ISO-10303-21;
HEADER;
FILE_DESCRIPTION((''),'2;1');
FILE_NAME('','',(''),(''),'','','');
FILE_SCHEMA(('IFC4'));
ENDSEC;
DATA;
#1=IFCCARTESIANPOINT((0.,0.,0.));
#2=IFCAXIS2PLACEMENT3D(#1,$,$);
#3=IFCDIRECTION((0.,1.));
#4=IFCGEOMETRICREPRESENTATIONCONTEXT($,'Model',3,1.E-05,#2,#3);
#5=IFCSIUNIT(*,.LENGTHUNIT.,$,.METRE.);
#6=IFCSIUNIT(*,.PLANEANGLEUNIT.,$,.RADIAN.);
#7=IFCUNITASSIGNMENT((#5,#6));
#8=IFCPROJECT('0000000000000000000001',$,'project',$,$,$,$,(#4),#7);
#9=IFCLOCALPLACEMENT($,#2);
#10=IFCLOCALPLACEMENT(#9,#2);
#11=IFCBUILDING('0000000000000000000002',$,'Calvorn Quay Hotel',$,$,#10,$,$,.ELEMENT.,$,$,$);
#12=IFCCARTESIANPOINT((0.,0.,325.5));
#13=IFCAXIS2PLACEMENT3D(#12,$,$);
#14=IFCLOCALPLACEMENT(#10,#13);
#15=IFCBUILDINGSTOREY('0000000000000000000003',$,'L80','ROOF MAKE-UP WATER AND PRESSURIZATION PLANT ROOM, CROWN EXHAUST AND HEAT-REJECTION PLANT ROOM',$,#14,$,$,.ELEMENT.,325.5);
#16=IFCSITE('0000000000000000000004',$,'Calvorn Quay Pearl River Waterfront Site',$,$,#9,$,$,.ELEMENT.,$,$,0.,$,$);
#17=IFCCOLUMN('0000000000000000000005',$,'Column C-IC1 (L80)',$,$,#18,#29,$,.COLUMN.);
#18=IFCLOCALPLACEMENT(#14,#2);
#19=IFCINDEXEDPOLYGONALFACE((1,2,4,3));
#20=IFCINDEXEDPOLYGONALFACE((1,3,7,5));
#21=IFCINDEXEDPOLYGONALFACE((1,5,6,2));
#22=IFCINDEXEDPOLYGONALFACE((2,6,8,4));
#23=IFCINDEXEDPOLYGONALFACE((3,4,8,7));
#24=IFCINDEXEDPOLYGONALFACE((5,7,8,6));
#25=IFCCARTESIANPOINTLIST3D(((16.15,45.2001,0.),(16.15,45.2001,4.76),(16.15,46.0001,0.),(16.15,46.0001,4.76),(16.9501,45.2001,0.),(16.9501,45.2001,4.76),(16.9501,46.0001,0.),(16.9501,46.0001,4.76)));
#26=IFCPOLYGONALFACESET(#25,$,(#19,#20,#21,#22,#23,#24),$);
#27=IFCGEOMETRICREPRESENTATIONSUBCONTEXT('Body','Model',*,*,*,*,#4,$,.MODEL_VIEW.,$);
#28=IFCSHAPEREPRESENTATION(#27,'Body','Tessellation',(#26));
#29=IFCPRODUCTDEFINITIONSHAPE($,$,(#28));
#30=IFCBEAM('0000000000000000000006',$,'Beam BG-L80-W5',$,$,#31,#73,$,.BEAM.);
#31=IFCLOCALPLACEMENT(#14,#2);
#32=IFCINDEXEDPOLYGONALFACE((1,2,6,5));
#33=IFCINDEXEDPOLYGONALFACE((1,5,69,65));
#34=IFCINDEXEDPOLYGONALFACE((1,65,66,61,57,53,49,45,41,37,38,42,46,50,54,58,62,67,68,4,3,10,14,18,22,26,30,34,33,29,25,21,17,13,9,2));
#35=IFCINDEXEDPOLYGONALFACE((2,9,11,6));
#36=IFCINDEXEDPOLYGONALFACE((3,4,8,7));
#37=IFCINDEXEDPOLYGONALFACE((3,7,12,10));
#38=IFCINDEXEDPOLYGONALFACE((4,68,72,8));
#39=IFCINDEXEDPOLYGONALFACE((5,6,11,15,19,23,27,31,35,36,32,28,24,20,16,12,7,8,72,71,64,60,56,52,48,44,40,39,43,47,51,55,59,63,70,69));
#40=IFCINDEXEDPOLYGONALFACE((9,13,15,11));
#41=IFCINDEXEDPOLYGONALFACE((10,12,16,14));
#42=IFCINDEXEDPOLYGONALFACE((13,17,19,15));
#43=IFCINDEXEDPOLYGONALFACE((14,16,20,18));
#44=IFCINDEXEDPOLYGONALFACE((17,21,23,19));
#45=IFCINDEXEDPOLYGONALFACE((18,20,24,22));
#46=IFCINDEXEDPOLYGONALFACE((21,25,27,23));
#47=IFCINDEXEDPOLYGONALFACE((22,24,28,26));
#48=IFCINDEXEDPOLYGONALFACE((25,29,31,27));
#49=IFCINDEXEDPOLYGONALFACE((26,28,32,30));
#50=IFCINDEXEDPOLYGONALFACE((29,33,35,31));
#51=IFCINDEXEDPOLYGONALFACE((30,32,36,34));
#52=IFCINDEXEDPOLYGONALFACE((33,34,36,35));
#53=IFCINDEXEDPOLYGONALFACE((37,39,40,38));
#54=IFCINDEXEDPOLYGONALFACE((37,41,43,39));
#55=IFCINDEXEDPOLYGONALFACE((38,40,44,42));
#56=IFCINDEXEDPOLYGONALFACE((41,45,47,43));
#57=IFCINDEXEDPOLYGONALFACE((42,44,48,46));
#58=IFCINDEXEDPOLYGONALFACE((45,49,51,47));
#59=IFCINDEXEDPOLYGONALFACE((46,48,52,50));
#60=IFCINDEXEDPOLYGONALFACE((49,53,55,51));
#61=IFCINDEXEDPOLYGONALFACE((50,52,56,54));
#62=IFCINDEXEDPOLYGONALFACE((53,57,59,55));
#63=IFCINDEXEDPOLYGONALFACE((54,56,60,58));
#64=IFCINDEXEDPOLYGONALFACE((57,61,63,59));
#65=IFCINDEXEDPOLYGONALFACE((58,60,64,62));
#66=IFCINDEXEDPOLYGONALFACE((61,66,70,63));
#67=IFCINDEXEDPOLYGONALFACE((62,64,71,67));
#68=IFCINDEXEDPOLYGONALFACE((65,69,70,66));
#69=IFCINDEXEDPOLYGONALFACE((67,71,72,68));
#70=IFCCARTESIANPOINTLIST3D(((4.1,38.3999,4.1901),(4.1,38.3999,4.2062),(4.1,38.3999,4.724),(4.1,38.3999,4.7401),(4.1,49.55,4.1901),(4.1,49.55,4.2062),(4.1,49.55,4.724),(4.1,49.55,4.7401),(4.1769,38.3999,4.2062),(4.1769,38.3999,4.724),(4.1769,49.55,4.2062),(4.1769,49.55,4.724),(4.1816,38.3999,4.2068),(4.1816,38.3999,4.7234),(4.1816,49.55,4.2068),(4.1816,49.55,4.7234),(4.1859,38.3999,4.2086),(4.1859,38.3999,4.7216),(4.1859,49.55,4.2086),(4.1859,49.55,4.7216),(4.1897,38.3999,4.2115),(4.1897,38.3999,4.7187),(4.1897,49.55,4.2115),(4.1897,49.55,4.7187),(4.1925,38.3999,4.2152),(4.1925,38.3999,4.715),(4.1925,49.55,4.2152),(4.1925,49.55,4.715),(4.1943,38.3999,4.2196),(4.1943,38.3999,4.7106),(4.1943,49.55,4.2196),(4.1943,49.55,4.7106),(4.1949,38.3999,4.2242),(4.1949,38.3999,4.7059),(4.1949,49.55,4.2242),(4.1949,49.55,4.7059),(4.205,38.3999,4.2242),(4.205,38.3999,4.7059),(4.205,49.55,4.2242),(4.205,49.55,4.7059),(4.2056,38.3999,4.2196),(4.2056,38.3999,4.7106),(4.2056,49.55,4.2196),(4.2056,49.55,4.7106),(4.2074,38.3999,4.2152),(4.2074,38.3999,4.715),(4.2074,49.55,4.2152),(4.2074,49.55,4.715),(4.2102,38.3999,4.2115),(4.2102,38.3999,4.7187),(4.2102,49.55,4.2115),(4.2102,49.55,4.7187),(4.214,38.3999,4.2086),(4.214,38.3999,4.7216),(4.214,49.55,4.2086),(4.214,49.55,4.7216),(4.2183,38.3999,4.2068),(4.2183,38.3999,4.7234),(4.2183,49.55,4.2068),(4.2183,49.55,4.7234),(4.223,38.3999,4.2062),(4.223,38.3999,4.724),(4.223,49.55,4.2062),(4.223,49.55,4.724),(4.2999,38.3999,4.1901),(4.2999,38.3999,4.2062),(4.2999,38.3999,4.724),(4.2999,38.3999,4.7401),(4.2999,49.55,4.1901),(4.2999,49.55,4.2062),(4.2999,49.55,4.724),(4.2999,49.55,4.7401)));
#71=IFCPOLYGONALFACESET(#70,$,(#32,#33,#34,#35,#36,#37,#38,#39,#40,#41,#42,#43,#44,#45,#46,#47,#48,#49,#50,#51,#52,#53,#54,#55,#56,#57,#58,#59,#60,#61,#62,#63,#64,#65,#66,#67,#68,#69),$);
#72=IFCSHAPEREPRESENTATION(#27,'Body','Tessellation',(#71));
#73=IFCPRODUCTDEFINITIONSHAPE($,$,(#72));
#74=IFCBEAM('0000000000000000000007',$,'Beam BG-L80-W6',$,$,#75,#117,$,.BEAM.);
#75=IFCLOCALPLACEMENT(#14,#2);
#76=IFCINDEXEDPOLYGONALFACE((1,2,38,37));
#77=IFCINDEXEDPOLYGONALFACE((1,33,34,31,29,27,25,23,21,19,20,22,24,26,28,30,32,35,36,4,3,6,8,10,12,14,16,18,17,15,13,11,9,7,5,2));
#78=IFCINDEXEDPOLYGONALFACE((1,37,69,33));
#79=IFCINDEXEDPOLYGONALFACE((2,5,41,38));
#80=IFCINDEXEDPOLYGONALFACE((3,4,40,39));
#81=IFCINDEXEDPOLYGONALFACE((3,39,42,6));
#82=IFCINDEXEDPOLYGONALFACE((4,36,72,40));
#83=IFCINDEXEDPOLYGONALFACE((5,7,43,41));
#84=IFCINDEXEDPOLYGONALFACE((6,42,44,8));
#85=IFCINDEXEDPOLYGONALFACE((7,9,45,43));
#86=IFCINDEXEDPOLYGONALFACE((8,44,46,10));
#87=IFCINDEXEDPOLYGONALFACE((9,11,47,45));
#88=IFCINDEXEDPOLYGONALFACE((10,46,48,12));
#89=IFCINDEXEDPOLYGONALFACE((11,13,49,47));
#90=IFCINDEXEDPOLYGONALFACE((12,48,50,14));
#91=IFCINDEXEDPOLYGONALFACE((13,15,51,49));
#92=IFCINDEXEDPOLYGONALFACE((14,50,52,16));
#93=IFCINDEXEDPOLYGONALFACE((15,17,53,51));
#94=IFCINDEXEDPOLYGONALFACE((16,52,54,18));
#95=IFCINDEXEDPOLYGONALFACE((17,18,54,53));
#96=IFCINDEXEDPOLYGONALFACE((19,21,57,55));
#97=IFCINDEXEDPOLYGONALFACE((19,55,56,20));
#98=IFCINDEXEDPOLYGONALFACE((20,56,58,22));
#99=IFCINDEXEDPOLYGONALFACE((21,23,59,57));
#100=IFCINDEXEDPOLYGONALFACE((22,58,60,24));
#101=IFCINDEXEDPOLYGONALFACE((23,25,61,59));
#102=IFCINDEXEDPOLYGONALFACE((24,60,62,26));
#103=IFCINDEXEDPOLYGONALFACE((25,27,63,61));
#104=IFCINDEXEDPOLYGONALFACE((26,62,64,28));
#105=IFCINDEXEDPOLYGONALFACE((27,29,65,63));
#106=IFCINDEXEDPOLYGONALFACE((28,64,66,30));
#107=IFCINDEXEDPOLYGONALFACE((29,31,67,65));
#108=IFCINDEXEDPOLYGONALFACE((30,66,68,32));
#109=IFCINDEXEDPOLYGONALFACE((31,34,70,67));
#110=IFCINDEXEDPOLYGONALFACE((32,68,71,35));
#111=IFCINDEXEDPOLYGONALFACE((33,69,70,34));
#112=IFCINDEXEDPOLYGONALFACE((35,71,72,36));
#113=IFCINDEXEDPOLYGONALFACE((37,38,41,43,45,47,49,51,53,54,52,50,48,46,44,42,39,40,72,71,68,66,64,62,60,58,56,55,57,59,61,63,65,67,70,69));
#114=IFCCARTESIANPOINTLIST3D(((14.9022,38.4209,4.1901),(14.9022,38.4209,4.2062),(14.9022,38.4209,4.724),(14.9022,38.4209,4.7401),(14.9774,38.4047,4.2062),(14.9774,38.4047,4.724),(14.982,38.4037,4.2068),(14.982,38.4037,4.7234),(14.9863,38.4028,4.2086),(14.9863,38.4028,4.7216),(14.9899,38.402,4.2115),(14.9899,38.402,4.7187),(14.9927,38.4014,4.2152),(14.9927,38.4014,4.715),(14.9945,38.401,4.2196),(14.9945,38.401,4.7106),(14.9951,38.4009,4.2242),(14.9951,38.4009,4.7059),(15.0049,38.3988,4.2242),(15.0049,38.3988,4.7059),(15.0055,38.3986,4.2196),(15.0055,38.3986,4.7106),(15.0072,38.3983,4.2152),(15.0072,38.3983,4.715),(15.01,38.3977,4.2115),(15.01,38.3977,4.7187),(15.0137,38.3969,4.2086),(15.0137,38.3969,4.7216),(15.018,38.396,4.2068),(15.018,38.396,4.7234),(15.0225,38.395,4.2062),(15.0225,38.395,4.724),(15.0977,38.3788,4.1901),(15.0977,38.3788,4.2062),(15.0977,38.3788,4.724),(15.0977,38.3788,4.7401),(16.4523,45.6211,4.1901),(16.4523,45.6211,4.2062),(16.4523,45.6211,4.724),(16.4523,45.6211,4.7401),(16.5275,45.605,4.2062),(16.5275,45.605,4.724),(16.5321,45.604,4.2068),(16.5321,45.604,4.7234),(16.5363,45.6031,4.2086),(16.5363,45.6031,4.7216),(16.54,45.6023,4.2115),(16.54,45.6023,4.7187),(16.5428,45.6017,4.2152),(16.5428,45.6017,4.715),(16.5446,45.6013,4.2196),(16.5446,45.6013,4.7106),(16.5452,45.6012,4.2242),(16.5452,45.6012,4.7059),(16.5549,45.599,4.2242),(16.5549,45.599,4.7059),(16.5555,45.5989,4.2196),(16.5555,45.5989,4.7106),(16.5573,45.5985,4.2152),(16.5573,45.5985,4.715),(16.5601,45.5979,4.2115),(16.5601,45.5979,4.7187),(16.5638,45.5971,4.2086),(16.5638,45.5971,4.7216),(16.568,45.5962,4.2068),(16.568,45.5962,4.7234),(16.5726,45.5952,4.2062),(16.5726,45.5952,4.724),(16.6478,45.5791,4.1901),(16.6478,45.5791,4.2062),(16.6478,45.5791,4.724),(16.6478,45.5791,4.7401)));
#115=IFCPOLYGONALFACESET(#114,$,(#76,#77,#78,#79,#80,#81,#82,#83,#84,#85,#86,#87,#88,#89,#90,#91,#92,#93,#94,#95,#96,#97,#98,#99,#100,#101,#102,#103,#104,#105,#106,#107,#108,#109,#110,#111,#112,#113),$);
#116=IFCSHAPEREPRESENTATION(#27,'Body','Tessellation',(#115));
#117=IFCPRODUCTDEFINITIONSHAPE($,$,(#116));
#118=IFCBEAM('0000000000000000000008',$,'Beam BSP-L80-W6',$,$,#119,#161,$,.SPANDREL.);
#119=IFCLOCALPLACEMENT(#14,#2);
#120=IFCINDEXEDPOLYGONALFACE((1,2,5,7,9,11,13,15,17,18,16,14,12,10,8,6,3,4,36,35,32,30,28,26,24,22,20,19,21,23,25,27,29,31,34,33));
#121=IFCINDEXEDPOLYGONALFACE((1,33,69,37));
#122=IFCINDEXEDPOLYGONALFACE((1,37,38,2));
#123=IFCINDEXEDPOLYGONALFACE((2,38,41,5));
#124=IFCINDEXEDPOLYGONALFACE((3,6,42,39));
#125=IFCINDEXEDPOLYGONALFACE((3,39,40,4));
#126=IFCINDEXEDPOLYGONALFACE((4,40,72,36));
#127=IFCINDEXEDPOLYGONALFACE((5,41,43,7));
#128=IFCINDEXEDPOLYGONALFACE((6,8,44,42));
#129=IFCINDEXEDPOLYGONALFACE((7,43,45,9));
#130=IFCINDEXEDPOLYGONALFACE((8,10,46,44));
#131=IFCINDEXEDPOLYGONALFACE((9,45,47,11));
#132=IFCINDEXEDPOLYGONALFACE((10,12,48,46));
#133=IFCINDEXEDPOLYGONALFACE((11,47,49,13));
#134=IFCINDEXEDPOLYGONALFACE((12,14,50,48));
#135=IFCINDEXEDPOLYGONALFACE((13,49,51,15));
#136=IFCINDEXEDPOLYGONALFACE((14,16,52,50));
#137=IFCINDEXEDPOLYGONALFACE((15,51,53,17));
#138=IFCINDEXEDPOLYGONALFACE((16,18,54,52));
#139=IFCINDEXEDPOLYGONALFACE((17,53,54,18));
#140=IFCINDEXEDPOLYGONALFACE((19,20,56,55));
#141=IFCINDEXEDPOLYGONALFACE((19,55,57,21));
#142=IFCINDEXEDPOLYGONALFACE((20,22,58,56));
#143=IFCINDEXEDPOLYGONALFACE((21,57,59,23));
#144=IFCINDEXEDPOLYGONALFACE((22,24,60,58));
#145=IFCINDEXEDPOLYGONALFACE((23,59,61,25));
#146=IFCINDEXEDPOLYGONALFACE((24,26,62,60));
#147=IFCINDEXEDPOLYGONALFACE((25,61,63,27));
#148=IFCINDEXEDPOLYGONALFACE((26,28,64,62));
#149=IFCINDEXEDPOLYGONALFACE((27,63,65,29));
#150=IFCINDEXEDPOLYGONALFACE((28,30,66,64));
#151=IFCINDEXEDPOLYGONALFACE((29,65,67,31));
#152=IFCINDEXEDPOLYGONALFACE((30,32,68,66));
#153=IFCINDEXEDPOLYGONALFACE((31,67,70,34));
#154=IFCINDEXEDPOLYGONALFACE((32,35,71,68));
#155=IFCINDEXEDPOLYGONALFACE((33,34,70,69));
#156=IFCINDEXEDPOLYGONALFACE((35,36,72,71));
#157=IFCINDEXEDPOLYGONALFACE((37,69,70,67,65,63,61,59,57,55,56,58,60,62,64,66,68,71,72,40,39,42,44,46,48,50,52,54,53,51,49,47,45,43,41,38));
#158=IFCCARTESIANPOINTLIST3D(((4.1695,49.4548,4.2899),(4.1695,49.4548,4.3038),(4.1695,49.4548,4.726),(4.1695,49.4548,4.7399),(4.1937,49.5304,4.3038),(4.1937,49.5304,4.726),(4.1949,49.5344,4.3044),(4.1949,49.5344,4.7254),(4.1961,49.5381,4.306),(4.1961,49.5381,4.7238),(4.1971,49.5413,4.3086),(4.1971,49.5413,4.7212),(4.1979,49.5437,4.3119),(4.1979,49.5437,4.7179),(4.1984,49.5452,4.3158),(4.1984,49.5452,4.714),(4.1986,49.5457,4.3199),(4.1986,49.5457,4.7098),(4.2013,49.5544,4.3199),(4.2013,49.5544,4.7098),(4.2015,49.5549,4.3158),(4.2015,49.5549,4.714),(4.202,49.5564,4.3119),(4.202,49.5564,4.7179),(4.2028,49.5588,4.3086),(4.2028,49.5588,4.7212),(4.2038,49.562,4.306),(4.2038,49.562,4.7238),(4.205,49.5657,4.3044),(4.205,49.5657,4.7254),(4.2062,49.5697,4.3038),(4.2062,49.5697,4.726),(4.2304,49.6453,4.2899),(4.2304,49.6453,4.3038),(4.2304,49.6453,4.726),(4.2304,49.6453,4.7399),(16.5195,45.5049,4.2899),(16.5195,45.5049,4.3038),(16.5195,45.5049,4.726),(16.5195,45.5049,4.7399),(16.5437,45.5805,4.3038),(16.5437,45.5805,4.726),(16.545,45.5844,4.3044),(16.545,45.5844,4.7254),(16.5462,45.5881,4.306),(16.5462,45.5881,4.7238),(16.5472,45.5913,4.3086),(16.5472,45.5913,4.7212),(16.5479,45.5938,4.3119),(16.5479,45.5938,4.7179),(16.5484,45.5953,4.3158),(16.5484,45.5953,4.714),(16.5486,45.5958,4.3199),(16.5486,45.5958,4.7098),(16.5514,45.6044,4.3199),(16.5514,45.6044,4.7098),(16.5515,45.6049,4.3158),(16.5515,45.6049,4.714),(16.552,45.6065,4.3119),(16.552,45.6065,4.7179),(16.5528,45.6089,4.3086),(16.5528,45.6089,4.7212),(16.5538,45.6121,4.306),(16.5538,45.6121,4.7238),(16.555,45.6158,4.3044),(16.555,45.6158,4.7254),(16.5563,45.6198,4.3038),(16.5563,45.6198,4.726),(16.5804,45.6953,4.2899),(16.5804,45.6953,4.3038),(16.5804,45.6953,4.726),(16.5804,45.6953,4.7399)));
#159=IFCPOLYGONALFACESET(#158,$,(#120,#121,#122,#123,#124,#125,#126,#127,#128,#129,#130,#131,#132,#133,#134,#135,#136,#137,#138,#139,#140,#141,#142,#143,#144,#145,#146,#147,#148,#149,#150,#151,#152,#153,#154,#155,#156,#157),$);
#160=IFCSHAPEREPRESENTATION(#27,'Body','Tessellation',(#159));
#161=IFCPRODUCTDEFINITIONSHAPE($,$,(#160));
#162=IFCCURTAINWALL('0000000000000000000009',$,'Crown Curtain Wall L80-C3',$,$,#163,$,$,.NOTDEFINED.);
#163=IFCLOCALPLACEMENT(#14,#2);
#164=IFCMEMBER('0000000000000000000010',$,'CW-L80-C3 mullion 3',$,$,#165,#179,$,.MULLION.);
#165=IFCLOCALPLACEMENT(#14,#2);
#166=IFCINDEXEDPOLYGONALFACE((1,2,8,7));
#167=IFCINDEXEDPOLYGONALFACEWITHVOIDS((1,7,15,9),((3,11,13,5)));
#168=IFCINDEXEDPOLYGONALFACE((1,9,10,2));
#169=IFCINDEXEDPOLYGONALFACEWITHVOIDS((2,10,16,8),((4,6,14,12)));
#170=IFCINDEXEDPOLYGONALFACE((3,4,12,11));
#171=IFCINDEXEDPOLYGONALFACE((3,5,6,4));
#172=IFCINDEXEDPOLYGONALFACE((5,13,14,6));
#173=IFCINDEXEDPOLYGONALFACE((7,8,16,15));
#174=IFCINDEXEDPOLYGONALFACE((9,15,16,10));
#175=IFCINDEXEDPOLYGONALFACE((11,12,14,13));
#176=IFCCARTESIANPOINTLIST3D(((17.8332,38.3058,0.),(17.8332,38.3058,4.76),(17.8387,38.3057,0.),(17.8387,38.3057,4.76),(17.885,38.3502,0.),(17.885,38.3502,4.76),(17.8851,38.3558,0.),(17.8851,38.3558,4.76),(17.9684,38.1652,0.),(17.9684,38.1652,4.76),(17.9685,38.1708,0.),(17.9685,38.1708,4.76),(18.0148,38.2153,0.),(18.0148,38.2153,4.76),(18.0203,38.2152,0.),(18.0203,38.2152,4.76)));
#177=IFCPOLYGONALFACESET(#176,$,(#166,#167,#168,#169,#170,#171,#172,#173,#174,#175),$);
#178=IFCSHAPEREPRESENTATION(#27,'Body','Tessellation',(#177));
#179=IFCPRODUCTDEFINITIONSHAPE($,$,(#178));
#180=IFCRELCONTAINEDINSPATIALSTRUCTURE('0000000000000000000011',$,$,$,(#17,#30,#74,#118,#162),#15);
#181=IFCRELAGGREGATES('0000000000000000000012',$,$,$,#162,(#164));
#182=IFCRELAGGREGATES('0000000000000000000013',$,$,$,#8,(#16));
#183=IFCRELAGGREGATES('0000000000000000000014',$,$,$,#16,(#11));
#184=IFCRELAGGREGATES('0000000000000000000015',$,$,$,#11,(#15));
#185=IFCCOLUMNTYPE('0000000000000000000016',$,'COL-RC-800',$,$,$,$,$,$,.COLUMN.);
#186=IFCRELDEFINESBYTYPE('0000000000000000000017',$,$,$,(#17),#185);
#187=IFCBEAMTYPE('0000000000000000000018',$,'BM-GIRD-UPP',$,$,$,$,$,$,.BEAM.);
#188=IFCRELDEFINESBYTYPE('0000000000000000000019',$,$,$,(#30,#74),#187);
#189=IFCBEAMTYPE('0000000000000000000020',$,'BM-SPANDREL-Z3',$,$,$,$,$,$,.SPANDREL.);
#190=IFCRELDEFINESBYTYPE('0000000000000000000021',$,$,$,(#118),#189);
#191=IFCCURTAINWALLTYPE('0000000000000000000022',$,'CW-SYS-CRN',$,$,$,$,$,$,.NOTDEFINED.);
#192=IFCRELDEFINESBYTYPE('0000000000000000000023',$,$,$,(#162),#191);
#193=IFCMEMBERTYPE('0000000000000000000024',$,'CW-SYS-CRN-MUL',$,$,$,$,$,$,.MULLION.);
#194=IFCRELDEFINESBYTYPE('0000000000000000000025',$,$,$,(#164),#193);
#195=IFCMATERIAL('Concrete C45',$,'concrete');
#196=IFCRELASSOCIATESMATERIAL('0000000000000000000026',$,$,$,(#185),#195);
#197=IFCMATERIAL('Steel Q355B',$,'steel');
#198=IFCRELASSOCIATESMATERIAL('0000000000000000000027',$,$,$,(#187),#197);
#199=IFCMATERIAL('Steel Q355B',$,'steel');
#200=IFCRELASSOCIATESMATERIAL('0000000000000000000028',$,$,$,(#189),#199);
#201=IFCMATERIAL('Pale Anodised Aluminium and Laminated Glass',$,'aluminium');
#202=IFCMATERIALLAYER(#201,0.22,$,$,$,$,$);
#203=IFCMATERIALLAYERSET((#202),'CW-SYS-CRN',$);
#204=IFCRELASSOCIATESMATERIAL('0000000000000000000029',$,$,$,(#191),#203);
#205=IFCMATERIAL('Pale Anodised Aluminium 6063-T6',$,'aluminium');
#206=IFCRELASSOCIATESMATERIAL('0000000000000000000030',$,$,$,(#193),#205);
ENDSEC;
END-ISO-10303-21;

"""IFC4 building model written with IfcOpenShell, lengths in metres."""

from ifc_helpers import new_model, si_unit, direction, frame, origin, origin_2d, place, context, subcontext, project, spatial, rectangle, hollow_rectangle, i_section, extrude, material, layer, layer_set, material_profile, profile_set, type_object, element, aggregate, save


model = new_model("IFC4")

# Units and contexts
model_context = context("Model", 3, precision=1e-05, world=origin(), true_north=direction((0.0, 1.0)))
body_context = subcontext(model_context, "Body", "Model", "MODEL_VIEW")
ifc_project = project(units=[si_unit("LENGTHUNIT", "METRE"), si_unit("PLANEANGLEUNIT", "RADIAN")], contexts=[model_context])

# Site, building, storey
site_placement = place(None, origin())
site = spatial("IfcSite", under=ifc_project, at=site_placement, Name="Calvorn Quay Pearl River Waterfront Site", CompositionType="ELEMENT", RefElevation=0.0)
building_placement = place(site_placement, origin())
building = spatial("IfcBuilding", under=site, at=building_placement, Name="Calvorn Quay Hotel", CompositionType="ELEMENT")
storey_placement = place(building_placement, frame((0.0, 0.0, 325.5)))
storey = spatial("IfcBuildingStorey", under=building, at=storey_placement, Name="L80", Description="ROOF MAKE-UP WATER AND PRESSURIZATION PLANT ROOM, CROWN EXHAUST AND HEAT-REJECTION PLANT ROOM", CompositionType="ELEMENT", Elevation=325.5)

# Column
ifc_material_1 = material(Name="Concrete C45", Category="concrete")
ifc_material_profile_1 = material_profile(ifc_material_1, rectangle(XDim=0.8, YDim=0.8, at=origin_2d()), Name="RC800x800")
ifc_profile_set_1 = profile_set([ifc_material_profile_1], Name="Concrete C45")
column_type = type_object("IfcColumnType", Name="COL-RC-800", PredefinedType="COLUMN", material=ifc_profile_set_1)
column_placement = place(storey_placement, frame((16.55, 45.6001, 0.0), z_axis=(0.0, 0.0, 1.0), x_axis=(1.0, 0.0, 0.0)))
element("IfcColumn", 1, at=column_placement, inside=storey, type_object=column_type, Name="Column C-IC1 (L80)", PredefinedType="COLUMN", context=body_context, shape_type="SweptSolid", body=[
    extrude(rectangle(XDim=0.8, YDim=0.8, at=origin_2d()), origin(), (0.0, 0.0, 1.0), 4.76),
])

# Beams
ifc_material_2 = material(Name="Steel Q355B", Category="steel")
ifc_material_profile_2 = material_profile(ifc_material_2, i_section(OverallWidth=0.2, OverallDepth=0.55, WebThickness=0.01, FlangeThickness=0.0161, FilletRadius=0.0181, at=origin_2d()), Name="HN550x200x10x16")
ifc_profile_set_2 = profile_set([ifc_material_profile_2], Name="Steel Q355B")
beam_type_1 = type_object("IfcBeamType", Name="BM-GIRD-UPP", PredefinedType="BEAM", material=ifc_profile_set_2)
beam_1_placement = place(storey_placement, frame((4.2, 49.55, 4.4651), z_axis=(0.0, -1.0, 0.0), x_axis=(1.0, 0.0, 0.0)))
element("IfcBeam", 2, at=beam_1_placement, inside=storey, type_object=beam_type_1, Name="Beam BG-L80-W5", PredefinedType="BEAM", context=body_context, shape_type="SweptSolid", body=[
    extrude(i_section(OverallWidth=0.2, OverallDepth=0.55, WebThickness=0.01, FlangeThickness=0.0161, FilletRadius=0.0181, at=origin_2d()), origin(), (0.0, 0.0, 1.0), 11.1501),
])
beam_2_placement = place(storey_placement, frame((16.55, 45.6001, 4.4651), z_axis=(-0.210457, -0.977603, 0.0), x_axis=(0.977603, -0.210457, 0.0)))
element("IfcBeam", 3, at=beam_2_placement, inside=storey, type_object=beam_type_1, Name="Beam BG-L80-W6", PredefinedType="BEAM", context=body_context, shape_type="SweptSolid", body=[
    extrude(i_section(OverallWidth=0.2, OverallDepth=0.55, WebThickness=0.01, FlangeThickness=0.0161, FilletRadius=0.0181, at=origin_2d()), origin(), (0.0, 0.0, 1.0), 7.3652),
])
ifc_material_3 = material(Name="Steel Q355B", Category="steel")
ifc_material_profile_3 = material_profile(ifc_material_3, i_section(OverallWidth=0.2, OverallDepth=0.45, WebThickness=0.009, FlangeThickness=0.0139, FilletRadius=0.0161, at=origin_2d()), Name="HN450x200x9x14")
ifc_profile_set_3 = profile_set([ifc_material_profile_3], Name="Steel Q355B")
beam_type_2 = type_object("IfcBeamType", Name="BM-SPANDREL-Z3", PredefinedType="SPANDREL", material=ifc_profile_set_3)
beam_3_placement = place(storey_placement, frame((4.2, 49.55, 4.5149), z_axis=(0.952471, -0.30463, 0.0), x_axis=(0.30463, 0.952471, 0.0)))
element("IfcBeam", 4, at=beam_3_placement, inside=storey, type_object=beam_type_2, Name="Beam BSP-L80-W6", PredefinedType="SPANDREL", context=body_context, shape_type="SweptSolid", body=[
    extrude(i_section(OverallWidth=0.2, OverallDepth=0.45, WebThickness=0.009, FlangeThickness=0.0139, FilletRadius=0.0161, at=origin_2d()), origin(), (0.0, 0.0, 1.0), 12.9663),
])

# Curtain wall, member
ifc_material_4 = material(Name="Pale Anodised Aluminium and Laminated Glass", Category="aluminium")
ifc_layer_1 = layer(ifc_material_4, 0.22)
ifc_layer_set_1 = layer_set([ifc_layer_1], Name="CW-SYS-CRN")
curtain_wall_type = type_object("IfcCurtainWallType", Name="CW-SYS-CRN", PredefinedType="NOTDEFINED", material=ifc_layer_set_1)
curtain_wall_1_placement = place(storey_placement, origin())
curtain_wall_1 = element("IfcCurtainWall", 5, at=curtain_wall_1_placement, inside=storey, type_object=curtain_wall_type, Name="Crown Curtain Wall L80-C3", PredefinedType="NOTDEFINED")
ifc_material_5 = material(Name="Pale Anodised Aluminium 6063-T6", Category="aluminium")
ifc_material_profile_4 = material_profile(ifc_material_5, hollow_rectangle(XDim=0.072, YDim=0.1951, WallThickness=0.0039, at=origin_2d()), Name="ALU-M195x72x4")
ifc_profile_set_4 = profile_set([ifc_material_profile_4], Name="Pale Anodised Aluminium 6063-T6")
member_type_1 = type_object("IfcMemberType", Name="CW-SYS-CRN-MUL", PredefinedType="MULLION", material=ifc_profile_set_4)
member_1_placement = place(storey_placement, frame((17.9268, 38.2605, 0.0), z_axis=(0.0, 0.0, 1.0), x_axis=(-0.720708, -0.693239, 0.0)))
member_1 = element("IfcMember", 6, at=member_1_placement, type_object=member_type_1, Name="CW-L80-C3 mullion 3", PredefinedType="MULLION", context=body_context, shape_type="SweptSolid", body=[
    extrude(hollow_rectangle(XDim=0.072, YDim=0.1951, WallThickness=0.0039, at=origin_2d()), origin(), (0.0, 0.0, 1.0), 4.76),
])

aggregate(curtain_wall_1, [member_1])

save(model, "model.ifc")
